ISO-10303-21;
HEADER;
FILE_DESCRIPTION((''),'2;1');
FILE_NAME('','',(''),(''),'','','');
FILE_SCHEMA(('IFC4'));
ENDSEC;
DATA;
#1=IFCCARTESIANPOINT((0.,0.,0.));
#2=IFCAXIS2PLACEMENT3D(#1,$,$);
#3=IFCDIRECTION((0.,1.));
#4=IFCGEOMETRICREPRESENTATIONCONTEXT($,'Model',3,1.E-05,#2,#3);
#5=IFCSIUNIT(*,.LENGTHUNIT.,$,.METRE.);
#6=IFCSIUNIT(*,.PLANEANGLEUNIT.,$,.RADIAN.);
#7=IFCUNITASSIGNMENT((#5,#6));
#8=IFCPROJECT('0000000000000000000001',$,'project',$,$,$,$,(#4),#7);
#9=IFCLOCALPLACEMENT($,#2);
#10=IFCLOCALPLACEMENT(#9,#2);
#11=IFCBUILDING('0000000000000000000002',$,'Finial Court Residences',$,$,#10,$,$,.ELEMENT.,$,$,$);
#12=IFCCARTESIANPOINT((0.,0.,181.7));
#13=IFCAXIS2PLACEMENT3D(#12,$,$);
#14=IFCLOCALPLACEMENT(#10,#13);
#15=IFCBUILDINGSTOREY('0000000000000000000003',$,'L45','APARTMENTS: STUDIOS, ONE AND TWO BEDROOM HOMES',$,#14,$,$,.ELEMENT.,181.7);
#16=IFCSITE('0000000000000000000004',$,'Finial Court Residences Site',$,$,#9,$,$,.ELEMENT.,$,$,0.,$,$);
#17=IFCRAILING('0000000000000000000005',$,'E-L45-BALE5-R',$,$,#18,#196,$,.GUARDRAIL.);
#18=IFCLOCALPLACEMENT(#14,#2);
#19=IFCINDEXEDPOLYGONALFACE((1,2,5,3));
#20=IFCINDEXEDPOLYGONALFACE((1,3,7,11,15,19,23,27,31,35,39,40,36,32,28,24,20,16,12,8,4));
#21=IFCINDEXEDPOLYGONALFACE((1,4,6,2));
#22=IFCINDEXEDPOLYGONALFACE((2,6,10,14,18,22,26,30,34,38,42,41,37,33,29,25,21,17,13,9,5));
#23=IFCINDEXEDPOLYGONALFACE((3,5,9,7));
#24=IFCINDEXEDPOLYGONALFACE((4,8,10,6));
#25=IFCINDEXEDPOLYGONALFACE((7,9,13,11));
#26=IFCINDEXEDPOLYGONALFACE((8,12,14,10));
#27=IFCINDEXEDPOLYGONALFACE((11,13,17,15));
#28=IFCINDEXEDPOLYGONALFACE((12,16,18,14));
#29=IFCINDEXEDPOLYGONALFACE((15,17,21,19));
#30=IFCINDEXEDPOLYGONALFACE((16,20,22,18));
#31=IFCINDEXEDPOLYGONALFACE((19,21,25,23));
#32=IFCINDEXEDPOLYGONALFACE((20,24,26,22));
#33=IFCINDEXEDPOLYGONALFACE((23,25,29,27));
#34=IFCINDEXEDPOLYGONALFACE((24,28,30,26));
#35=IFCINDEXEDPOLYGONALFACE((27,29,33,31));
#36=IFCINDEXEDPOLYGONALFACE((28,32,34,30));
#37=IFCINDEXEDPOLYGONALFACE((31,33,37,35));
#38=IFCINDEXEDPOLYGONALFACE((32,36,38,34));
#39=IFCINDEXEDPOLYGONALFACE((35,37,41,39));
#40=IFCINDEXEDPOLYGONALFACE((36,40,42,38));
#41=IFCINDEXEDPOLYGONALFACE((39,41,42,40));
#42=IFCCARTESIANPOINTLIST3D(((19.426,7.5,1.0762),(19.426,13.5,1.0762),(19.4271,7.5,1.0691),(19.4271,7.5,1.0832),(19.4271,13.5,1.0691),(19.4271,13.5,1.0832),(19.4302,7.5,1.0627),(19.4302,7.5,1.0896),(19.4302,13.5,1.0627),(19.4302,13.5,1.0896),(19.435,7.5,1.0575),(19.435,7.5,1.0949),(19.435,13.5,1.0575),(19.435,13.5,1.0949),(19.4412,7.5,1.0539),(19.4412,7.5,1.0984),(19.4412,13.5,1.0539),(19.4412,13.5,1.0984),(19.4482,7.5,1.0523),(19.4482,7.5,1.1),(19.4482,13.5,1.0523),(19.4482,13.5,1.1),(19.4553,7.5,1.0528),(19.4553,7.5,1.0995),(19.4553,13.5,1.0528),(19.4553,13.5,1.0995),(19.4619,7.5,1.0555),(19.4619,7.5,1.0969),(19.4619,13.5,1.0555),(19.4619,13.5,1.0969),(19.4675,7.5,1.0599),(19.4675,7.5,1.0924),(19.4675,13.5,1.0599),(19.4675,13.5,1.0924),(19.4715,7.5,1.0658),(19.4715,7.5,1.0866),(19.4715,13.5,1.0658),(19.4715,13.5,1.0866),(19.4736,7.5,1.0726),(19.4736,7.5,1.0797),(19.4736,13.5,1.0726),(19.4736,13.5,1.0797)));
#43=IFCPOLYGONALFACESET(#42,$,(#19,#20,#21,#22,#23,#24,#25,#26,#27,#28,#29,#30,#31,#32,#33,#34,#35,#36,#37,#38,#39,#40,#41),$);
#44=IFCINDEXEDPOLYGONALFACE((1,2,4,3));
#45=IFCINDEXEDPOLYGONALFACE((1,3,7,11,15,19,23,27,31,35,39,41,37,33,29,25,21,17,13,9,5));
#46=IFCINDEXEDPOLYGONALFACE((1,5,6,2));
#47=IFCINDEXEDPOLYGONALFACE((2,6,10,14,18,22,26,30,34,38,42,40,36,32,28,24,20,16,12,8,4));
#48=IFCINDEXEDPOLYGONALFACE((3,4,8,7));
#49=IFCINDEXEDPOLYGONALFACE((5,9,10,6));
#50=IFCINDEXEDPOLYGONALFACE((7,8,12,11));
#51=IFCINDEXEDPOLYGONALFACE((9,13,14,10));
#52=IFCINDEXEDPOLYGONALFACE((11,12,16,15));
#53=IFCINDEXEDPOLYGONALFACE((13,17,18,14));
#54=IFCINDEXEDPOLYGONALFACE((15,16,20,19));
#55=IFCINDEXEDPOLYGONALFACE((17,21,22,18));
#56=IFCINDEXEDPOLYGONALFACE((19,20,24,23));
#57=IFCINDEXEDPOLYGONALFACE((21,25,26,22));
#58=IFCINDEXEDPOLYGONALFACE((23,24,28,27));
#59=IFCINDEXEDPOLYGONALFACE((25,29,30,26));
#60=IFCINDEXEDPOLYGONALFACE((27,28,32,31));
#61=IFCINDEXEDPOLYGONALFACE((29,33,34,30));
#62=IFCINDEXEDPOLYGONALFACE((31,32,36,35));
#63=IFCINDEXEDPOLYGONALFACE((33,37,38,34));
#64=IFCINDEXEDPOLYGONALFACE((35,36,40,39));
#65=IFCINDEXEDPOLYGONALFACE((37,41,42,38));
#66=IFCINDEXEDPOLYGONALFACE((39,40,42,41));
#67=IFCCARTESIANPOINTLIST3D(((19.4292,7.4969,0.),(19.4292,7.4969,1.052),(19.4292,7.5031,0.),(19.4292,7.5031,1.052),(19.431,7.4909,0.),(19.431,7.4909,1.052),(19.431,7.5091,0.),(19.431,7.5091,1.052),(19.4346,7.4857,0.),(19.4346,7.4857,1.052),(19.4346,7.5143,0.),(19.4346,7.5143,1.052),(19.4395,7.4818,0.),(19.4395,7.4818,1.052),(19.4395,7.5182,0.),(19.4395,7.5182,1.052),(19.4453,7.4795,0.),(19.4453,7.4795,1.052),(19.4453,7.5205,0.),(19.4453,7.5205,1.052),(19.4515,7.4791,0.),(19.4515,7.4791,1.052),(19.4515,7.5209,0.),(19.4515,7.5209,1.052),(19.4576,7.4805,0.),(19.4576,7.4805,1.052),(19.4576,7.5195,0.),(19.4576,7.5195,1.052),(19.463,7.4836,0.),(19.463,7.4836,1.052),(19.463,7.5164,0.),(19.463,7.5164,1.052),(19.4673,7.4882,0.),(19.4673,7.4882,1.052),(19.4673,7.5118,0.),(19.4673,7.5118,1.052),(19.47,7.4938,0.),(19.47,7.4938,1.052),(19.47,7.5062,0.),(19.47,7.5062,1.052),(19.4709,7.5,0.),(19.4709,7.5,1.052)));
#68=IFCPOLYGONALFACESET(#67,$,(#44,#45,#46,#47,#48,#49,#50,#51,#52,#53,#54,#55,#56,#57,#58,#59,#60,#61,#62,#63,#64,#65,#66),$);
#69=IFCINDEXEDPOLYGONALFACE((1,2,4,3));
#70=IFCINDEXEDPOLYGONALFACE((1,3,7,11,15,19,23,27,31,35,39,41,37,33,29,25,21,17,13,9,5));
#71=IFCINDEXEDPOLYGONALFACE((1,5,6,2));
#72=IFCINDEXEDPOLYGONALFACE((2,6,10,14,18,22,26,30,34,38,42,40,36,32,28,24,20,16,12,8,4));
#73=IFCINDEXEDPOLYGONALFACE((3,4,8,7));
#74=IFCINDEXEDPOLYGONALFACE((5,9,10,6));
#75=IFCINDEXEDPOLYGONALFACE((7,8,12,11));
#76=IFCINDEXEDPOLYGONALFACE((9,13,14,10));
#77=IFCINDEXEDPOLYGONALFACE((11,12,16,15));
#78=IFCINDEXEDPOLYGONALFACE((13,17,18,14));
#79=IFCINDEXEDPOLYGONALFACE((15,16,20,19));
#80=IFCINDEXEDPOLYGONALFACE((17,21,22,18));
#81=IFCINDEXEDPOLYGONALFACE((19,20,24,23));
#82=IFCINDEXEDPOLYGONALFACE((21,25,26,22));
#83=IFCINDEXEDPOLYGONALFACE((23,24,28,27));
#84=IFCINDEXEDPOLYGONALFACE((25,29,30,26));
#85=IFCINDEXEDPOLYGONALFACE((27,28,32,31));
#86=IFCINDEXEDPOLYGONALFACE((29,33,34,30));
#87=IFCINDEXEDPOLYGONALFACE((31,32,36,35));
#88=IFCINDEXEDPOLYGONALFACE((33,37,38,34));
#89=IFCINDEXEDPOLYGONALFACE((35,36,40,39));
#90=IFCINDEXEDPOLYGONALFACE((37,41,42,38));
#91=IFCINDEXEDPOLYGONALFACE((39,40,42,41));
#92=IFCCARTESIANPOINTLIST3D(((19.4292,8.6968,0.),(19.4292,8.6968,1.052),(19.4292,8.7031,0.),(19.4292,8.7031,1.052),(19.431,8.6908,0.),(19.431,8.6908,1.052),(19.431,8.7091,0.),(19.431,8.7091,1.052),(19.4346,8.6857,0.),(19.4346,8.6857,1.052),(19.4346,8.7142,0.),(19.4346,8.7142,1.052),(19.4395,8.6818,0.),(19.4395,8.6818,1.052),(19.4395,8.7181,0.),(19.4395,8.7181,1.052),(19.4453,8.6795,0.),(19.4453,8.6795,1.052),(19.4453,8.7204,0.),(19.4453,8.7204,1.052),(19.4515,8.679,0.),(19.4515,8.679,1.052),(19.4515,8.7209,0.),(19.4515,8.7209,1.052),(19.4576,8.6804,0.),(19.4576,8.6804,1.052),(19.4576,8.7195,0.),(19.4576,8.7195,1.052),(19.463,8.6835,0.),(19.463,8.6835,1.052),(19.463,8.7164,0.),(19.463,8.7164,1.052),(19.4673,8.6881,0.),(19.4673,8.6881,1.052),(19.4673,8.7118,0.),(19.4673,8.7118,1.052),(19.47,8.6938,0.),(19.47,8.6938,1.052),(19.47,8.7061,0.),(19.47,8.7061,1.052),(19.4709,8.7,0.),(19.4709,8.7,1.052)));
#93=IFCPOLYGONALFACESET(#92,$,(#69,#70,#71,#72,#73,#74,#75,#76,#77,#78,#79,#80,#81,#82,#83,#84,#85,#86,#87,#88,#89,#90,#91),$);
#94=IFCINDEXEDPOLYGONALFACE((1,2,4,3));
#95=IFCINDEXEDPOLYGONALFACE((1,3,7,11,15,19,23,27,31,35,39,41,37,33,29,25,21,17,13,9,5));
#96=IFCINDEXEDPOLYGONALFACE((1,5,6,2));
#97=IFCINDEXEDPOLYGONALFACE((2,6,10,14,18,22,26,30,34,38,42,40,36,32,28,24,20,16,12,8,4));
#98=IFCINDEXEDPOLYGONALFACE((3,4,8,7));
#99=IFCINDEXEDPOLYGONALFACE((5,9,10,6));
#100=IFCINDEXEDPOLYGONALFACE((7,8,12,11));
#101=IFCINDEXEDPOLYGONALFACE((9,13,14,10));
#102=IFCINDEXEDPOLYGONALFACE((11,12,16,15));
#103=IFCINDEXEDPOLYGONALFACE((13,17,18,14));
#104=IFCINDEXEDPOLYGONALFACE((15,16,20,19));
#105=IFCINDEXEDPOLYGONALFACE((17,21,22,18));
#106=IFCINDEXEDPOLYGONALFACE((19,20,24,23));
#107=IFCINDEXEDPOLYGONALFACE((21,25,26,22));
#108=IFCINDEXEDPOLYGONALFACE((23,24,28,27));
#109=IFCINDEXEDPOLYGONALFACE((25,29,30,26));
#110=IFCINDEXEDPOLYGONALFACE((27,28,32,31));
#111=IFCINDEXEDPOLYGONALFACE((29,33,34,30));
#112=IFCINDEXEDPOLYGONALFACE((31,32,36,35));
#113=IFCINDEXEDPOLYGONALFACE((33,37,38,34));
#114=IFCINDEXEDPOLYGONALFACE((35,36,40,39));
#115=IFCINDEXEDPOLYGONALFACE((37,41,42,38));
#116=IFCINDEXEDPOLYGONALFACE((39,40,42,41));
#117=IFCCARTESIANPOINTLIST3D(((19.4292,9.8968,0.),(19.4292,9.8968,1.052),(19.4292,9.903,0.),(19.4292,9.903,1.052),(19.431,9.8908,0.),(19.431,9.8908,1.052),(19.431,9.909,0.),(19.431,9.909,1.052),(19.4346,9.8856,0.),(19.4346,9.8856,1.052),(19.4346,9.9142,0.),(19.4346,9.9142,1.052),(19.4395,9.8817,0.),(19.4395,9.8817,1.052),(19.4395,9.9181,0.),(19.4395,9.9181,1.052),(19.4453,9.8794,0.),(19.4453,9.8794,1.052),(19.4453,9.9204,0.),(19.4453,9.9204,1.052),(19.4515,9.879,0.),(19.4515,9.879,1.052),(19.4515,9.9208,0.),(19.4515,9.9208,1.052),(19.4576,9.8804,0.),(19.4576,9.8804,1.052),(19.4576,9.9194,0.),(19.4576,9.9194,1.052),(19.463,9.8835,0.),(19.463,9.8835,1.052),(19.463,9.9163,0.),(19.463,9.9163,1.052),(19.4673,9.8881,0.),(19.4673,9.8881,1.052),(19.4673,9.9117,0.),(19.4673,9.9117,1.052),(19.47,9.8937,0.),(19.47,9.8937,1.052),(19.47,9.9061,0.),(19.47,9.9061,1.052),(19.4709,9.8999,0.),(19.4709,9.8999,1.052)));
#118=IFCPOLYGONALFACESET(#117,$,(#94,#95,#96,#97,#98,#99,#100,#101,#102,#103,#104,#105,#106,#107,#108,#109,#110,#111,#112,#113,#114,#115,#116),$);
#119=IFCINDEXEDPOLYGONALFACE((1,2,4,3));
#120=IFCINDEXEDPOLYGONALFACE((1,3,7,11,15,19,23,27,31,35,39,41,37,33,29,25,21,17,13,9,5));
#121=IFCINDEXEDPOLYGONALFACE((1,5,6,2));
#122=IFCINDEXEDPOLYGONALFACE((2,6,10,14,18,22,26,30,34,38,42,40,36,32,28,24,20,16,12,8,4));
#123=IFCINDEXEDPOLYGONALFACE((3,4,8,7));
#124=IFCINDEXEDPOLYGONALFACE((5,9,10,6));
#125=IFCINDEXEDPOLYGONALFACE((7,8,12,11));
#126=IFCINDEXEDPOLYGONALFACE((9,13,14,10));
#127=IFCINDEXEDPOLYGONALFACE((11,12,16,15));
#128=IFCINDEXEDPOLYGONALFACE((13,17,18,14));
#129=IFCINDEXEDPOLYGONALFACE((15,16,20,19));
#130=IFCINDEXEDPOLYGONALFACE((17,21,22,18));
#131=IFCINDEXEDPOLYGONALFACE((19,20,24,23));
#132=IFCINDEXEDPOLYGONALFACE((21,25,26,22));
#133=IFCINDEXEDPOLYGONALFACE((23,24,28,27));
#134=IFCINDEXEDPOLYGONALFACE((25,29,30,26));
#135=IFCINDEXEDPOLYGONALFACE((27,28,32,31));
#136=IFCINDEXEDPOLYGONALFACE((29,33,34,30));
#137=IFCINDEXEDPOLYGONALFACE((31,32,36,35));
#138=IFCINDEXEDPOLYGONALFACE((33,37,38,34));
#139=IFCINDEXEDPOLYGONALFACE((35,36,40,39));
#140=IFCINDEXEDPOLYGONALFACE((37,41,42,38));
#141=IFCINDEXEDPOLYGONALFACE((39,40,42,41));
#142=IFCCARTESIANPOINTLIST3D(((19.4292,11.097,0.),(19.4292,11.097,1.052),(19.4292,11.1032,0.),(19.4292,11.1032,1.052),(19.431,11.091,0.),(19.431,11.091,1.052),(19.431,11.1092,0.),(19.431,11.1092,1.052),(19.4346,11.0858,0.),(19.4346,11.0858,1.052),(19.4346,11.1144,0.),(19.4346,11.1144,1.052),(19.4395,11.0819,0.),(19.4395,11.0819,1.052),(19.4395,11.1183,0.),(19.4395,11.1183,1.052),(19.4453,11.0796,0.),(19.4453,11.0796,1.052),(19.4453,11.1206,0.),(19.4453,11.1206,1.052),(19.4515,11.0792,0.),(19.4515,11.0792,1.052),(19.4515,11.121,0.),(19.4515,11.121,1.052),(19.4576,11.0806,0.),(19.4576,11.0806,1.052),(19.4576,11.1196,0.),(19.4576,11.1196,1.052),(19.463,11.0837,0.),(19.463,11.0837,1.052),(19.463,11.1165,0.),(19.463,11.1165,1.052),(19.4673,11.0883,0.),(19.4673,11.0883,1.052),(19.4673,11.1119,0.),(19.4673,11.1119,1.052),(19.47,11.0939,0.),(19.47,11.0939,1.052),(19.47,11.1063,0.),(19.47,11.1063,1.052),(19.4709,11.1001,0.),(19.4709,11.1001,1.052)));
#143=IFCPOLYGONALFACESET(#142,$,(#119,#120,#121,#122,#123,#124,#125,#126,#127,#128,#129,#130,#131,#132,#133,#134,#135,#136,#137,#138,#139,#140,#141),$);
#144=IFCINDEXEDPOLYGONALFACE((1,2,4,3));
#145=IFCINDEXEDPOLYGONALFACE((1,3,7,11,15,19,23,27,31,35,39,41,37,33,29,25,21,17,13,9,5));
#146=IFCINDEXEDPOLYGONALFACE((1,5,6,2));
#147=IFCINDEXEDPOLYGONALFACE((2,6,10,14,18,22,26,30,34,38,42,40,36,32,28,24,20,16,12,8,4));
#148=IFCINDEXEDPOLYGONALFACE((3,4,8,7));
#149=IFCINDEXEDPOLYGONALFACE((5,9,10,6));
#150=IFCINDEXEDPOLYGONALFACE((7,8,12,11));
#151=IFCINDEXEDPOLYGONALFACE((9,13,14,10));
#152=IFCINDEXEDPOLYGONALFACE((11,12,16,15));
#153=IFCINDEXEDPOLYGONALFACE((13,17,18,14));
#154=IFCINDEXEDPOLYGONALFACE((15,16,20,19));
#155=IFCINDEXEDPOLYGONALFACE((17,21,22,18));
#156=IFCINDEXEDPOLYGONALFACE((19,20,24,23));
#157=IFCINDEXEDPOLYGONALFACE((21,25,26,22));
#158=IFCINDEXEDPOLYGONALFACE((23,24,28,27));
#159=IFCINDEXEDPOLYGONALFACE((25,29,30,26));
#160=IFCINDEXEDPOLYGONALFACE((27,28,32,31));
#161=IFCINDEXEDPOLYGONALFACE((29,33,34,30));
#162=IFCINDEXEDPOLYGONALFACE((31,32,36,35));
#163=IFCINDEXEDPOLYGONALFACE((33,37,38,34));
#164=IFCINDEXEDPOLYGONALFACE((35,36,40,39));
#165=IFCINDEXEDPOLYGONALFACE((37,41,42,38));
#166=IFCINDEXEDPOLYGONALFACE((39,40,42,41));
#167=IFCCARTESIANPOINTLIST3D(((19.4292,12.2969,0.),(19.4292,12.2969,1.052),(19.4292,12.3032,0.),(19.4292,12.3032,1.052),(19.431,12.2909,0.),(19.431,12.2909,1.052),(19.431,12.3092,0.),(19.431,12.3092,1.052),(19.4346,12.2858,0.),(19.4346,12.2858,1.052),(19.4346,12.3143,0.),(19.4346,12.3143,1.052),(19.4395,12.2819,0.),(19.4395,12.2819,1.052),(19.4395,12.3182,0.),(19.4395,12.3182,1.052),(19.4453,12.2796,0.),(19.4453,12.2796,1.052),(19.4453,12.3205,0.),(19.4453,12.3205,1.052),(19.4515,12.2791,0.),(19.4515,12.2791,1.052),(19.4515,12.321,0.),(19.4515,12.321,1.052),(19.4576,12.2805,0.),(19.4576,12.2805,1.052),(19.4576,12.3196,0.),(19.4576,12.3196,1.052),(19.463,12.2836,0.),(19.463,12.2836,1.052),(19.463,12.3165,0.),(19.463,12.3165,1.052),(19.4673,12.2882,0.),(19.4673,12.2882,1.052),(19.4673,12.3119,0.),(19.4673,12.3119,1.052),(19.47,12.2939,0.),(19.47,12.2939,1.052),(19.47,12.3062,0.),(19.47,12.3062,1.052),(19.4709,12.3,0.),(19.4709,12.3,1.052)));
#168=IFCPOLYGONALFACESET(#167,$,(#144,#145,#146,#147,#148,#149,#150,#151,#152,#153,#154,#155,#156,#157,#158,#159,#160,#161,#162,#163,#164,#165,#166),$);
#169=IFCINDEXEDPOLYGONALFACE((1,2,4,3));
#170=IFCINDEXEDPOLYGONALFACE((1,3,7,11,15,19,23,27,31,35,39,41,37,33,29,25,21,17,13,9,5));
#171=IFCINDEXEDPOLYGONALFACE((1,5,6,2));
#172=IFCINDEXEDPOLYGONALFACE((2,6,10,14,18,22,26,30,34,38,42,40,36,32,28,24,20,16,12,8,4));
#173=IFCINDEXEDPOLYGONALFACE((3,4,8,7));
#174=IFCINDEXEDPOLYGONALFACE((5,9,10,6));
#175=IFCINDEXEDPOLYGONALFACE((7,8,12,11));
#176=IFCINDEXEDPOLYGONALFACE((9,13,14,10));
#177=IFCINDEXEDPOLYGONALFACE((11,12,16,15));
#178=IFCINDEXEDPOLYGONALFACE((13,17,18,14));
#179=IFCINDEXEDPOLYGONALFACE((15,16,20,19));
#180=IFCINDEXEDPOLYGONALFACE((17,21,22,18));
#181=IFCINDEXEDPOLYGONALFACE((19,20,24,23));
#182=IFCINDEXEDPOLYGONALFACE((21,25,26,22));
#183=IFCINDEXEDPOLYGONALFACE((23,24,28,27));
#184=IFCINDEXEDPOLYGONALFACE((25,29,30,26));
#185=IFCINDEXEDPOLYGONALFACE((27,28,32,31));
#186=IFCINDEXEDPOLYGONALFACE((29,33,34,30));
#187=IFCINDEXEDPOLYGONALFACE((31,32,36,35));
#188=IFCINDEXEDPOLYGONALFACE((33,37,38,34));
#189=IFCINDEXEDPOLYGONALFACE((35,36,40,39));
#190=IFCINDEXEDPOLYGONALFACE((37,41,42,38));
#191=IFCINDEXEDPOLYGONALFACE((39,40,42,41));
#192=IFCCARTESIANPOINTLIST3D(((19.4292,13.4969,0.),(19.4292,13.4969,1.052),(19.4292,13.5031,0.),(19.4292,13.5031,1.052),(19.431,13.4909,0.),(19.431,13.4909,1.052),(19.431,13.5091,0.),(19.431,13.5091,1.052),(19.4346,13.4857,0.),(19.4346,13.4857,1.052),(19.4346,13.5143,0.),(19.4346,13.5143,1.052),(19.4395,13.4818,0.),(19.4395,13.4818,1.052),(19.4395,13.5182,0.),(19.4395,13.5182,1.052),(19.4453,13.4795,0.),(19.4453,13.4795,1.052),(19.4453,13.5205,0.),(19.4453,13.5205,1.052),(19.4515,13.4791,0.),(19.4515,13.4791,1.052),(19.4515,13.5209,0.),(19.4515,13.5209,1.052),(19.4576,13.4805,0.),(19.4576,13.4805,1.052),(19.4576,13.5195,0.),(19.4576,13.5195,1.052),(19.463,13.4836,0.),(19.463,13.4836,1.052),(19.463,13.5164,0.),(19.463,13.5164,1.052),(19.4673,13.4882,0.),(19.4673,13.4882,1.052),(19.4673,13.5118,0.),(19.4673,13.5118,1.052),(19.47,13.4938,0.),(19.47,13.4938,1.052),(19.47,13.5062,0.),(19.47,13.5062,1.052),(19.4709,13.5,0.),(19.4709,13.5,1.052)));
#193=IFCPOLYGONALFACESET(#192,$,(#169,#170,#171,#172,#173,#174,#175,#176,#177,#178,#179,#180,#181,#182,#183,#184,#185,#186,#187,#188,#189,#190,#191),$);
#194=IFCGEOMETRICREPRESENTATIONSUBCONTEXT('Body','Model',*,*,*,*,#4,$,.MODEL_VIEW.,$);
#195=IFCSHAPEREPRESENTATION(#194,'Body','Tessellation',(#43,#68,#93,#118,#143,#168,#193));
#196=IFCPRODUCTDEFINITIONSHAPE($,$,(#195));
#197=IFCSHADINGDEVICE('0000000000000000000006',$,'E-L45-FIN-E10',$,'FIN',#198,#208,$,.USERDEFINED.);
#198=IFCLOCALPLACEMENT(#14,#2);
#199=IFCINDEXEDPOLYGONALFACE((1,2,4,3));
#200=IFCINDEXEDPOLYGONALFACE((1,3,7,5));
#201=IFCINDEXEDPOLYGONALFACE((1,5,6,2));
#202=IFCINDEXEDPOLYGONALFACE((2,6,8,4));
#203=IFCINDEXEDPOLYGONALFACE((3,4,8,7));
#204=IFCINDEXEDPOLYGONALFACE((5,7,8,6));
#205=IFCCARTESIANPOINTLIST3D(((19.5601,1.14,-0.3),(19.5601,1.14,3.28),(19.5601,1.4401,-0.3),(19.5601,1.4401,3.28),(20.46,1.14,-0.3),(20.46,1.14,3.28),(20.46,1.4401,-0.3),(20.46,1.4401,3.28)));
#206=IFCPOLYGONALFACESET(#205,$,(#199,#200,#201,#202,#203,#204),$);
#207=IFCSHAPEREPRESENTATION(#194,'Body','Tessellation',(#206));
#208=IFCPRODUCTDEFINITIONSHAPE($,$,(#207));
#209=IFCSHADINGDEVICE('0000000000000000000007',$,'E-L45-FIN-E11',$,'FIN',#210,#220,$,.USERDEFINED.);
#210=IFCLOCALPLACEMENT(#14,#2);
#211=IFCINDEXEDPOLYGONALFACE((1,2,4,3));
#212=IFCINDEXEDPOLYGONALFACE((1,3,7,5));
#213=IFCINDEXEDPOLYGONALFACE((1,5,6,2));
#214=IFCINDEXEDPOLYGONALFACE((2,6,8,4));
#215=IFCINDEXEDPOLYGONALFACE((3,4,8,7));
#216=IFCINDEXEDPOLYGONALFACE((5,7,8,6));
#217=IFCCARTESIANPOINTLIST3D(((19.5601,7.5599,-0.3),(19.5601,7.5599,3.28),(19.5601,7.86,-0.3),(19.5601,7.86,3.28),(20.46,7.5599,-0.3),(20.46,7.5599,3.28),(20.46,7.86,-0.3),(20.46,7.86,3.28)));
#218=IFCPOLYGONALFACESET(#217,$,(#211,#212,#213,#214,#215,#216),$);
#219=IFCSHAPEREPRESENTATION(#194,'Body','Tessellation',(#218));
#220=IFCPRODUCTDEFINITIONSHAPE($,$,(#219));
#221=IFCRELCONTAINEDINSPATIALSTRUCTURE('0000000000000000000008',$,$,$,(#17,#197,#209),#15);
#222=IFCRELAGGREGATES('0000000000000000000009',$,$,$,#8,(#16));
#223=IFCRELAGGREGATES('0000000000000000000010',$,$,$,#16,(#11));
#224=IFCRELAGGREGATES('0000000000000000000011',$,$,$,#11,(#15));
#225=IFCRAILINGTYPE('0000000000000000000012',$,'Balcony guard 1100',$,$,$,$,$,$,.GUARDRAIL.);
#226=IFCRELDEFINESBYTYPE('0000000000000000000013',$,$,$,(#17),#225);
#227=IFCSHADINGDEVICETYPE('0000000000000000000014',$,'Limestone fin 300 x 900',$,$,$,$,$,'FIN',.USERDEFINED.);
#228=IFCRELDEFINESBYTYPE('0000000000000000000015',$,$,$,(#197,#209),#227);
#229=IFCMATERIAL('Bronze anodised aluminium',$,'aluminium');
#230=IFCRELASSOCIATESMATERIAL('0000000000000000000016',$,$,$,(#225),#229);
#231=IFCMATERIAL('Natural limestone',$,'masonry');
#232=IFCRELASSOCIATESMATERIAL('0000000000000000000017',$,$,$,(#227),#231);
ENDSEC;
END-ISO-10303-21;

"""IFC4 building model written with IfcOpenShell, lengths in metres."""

from ifc_helpers import new_model, si_unit, direction, frame, origin, origin_2d, place, context, subcontext, project, spatial, rectangle, circle, extrude, material, type_object, element, save


model = new_model("IFC4")

# Units and contexts
model_context = context("Model", 3, precision=1e-05, world=origin(), true_north=direction((0.0, 1.0)))
body_context = subcontext(model_context, "Body", "Model", "MODEL_VIEW")
ifc_project = project(units=[si_unit("LENGTHUNIT", "METRE"), si_unit("PLANEANGLEUNIT", "RADIAN")], contexts=[model_context])

# Site, building, storey
site_placement = place(None, origin())
site = spatial("IfcSite", under=ifc_project, at=site_placement, Name="Finial Court Residences Site", CompositionType="ELEMENT", RefElevation=0.0)
building_placement = place(site_placement, origin())
building = spatial("IfcBuilding", under=site, at=building_placement, Name="Finial Court Residences", CompositionType="ELEMENT")
storey_placement = place(building_placement, frame((0.0, 0.0, 181.7)))
storey = spatial("IfcBuildingStorey", under=building, at=storey_placement, Name="L45", Description="APARTMENTS: STUDIOS, ONE AND TWO BEDROOM HOMES", CompositionType="ELEMENT", Elevation=181.7)

# Shared definitions
ifc_material_1 = material(Name="Bronze anodised aluminium", Category="aluminium")

# Shared definitions
ifc_material_2 = material(Name="Natural limestone", Category="masonry")

# Railing
railing_type = type_object("IfcRailingType", Name="Balcony guard 1100", PredefinedType="GUARDRAIL", material=ifc_material_1)
railing_placement = place(storey_placement, frame((19.45, 7.5, 0.0)))
element("IfcRailing", 1, at=railing_placement, inside=storey, type_object=railing_type, Name="E-L45-BALE5-R", PredefinedType="GUARDRAIL", context=body_context, shape_type="SweptSolid", body=[
    extrude(circle(Radius=0.0239, at=origin_2d()), frame((0.0, 0.0, 1.0762), z_axis=(0.0, 1.0, 0.0), x_axis=(-1.0, 0.0, 0.0)), (0.0, 0.0, 1.0), 6.0),
    extrude(circle(Radius=0.021, at=origin_2d()), origin(), (0.0, 0.0, 1.0), 1.052),
    extrude(circle(Radius=0.021, at=origin_2d()), frame((0.0, 1.2, 0.0)), (0.0, 0.0, 1.0), 1.052),
    extrude(circle(Radius=0.021, at=origin_2d()), frame((0.0, 2.3999, 0.0)), (0.0, 0.0, 1.0), 1.052),
    extrude(circle(Radius=0.021, at=origin_2d()), frame((0.0, 3.6001, 0.0)), (0.0, 0.0, 1.0), 1.052),
    extrude(circle(Radius=0.021, at=origin_2d()), frame((0.0, 4.8, 0.0)), (0.0, 0.0, 1.0), 1.052),
    extrude(circle(Radius=0.021, at=origin_2d()), frame((0.0, 6.0, 0.0)), (0.0, 0.0, 1.0), 1.052),
])

# Shading devices
shading_device_type = type_object("IfcShadingDeviceType", Name="Limestone fin 300 x 900", ElementType="FIN", PredefinedType="USERDEFINED", material=ifc_material_2)
for number, where, z_axis, x_axis, name in (
    (2, (20.01, 1.29, -0.3), (0.0, 0.0, 1.0), (1.0, 0.0, 0.0), "E-L45-FIN-E10"),
    (3, (20.01, 7.71, -0.3), (0.0, 0.0, 1.0), (1.0, 0.0, 0.0), "E-L45-FIN-E11"),
):
    element("IfcShadingDevice", number, at=place(storey_placement, frame(where, z_axis=z_axis, x_axis=x_axis)), inside=storey, type_object=shading_device_type, Name=name, ObjectType="FIN", PredefinedType="USERDEFINED", context=body_context, shape_type="SweptSolid", body=[
        extrude(rectangle(XDim=0.8999, YDim=0.3, at=origin_2d()), origin(), (0.0, 0.0, 1.0), 3.5801),
    ])

save(model, "model.ifc")
